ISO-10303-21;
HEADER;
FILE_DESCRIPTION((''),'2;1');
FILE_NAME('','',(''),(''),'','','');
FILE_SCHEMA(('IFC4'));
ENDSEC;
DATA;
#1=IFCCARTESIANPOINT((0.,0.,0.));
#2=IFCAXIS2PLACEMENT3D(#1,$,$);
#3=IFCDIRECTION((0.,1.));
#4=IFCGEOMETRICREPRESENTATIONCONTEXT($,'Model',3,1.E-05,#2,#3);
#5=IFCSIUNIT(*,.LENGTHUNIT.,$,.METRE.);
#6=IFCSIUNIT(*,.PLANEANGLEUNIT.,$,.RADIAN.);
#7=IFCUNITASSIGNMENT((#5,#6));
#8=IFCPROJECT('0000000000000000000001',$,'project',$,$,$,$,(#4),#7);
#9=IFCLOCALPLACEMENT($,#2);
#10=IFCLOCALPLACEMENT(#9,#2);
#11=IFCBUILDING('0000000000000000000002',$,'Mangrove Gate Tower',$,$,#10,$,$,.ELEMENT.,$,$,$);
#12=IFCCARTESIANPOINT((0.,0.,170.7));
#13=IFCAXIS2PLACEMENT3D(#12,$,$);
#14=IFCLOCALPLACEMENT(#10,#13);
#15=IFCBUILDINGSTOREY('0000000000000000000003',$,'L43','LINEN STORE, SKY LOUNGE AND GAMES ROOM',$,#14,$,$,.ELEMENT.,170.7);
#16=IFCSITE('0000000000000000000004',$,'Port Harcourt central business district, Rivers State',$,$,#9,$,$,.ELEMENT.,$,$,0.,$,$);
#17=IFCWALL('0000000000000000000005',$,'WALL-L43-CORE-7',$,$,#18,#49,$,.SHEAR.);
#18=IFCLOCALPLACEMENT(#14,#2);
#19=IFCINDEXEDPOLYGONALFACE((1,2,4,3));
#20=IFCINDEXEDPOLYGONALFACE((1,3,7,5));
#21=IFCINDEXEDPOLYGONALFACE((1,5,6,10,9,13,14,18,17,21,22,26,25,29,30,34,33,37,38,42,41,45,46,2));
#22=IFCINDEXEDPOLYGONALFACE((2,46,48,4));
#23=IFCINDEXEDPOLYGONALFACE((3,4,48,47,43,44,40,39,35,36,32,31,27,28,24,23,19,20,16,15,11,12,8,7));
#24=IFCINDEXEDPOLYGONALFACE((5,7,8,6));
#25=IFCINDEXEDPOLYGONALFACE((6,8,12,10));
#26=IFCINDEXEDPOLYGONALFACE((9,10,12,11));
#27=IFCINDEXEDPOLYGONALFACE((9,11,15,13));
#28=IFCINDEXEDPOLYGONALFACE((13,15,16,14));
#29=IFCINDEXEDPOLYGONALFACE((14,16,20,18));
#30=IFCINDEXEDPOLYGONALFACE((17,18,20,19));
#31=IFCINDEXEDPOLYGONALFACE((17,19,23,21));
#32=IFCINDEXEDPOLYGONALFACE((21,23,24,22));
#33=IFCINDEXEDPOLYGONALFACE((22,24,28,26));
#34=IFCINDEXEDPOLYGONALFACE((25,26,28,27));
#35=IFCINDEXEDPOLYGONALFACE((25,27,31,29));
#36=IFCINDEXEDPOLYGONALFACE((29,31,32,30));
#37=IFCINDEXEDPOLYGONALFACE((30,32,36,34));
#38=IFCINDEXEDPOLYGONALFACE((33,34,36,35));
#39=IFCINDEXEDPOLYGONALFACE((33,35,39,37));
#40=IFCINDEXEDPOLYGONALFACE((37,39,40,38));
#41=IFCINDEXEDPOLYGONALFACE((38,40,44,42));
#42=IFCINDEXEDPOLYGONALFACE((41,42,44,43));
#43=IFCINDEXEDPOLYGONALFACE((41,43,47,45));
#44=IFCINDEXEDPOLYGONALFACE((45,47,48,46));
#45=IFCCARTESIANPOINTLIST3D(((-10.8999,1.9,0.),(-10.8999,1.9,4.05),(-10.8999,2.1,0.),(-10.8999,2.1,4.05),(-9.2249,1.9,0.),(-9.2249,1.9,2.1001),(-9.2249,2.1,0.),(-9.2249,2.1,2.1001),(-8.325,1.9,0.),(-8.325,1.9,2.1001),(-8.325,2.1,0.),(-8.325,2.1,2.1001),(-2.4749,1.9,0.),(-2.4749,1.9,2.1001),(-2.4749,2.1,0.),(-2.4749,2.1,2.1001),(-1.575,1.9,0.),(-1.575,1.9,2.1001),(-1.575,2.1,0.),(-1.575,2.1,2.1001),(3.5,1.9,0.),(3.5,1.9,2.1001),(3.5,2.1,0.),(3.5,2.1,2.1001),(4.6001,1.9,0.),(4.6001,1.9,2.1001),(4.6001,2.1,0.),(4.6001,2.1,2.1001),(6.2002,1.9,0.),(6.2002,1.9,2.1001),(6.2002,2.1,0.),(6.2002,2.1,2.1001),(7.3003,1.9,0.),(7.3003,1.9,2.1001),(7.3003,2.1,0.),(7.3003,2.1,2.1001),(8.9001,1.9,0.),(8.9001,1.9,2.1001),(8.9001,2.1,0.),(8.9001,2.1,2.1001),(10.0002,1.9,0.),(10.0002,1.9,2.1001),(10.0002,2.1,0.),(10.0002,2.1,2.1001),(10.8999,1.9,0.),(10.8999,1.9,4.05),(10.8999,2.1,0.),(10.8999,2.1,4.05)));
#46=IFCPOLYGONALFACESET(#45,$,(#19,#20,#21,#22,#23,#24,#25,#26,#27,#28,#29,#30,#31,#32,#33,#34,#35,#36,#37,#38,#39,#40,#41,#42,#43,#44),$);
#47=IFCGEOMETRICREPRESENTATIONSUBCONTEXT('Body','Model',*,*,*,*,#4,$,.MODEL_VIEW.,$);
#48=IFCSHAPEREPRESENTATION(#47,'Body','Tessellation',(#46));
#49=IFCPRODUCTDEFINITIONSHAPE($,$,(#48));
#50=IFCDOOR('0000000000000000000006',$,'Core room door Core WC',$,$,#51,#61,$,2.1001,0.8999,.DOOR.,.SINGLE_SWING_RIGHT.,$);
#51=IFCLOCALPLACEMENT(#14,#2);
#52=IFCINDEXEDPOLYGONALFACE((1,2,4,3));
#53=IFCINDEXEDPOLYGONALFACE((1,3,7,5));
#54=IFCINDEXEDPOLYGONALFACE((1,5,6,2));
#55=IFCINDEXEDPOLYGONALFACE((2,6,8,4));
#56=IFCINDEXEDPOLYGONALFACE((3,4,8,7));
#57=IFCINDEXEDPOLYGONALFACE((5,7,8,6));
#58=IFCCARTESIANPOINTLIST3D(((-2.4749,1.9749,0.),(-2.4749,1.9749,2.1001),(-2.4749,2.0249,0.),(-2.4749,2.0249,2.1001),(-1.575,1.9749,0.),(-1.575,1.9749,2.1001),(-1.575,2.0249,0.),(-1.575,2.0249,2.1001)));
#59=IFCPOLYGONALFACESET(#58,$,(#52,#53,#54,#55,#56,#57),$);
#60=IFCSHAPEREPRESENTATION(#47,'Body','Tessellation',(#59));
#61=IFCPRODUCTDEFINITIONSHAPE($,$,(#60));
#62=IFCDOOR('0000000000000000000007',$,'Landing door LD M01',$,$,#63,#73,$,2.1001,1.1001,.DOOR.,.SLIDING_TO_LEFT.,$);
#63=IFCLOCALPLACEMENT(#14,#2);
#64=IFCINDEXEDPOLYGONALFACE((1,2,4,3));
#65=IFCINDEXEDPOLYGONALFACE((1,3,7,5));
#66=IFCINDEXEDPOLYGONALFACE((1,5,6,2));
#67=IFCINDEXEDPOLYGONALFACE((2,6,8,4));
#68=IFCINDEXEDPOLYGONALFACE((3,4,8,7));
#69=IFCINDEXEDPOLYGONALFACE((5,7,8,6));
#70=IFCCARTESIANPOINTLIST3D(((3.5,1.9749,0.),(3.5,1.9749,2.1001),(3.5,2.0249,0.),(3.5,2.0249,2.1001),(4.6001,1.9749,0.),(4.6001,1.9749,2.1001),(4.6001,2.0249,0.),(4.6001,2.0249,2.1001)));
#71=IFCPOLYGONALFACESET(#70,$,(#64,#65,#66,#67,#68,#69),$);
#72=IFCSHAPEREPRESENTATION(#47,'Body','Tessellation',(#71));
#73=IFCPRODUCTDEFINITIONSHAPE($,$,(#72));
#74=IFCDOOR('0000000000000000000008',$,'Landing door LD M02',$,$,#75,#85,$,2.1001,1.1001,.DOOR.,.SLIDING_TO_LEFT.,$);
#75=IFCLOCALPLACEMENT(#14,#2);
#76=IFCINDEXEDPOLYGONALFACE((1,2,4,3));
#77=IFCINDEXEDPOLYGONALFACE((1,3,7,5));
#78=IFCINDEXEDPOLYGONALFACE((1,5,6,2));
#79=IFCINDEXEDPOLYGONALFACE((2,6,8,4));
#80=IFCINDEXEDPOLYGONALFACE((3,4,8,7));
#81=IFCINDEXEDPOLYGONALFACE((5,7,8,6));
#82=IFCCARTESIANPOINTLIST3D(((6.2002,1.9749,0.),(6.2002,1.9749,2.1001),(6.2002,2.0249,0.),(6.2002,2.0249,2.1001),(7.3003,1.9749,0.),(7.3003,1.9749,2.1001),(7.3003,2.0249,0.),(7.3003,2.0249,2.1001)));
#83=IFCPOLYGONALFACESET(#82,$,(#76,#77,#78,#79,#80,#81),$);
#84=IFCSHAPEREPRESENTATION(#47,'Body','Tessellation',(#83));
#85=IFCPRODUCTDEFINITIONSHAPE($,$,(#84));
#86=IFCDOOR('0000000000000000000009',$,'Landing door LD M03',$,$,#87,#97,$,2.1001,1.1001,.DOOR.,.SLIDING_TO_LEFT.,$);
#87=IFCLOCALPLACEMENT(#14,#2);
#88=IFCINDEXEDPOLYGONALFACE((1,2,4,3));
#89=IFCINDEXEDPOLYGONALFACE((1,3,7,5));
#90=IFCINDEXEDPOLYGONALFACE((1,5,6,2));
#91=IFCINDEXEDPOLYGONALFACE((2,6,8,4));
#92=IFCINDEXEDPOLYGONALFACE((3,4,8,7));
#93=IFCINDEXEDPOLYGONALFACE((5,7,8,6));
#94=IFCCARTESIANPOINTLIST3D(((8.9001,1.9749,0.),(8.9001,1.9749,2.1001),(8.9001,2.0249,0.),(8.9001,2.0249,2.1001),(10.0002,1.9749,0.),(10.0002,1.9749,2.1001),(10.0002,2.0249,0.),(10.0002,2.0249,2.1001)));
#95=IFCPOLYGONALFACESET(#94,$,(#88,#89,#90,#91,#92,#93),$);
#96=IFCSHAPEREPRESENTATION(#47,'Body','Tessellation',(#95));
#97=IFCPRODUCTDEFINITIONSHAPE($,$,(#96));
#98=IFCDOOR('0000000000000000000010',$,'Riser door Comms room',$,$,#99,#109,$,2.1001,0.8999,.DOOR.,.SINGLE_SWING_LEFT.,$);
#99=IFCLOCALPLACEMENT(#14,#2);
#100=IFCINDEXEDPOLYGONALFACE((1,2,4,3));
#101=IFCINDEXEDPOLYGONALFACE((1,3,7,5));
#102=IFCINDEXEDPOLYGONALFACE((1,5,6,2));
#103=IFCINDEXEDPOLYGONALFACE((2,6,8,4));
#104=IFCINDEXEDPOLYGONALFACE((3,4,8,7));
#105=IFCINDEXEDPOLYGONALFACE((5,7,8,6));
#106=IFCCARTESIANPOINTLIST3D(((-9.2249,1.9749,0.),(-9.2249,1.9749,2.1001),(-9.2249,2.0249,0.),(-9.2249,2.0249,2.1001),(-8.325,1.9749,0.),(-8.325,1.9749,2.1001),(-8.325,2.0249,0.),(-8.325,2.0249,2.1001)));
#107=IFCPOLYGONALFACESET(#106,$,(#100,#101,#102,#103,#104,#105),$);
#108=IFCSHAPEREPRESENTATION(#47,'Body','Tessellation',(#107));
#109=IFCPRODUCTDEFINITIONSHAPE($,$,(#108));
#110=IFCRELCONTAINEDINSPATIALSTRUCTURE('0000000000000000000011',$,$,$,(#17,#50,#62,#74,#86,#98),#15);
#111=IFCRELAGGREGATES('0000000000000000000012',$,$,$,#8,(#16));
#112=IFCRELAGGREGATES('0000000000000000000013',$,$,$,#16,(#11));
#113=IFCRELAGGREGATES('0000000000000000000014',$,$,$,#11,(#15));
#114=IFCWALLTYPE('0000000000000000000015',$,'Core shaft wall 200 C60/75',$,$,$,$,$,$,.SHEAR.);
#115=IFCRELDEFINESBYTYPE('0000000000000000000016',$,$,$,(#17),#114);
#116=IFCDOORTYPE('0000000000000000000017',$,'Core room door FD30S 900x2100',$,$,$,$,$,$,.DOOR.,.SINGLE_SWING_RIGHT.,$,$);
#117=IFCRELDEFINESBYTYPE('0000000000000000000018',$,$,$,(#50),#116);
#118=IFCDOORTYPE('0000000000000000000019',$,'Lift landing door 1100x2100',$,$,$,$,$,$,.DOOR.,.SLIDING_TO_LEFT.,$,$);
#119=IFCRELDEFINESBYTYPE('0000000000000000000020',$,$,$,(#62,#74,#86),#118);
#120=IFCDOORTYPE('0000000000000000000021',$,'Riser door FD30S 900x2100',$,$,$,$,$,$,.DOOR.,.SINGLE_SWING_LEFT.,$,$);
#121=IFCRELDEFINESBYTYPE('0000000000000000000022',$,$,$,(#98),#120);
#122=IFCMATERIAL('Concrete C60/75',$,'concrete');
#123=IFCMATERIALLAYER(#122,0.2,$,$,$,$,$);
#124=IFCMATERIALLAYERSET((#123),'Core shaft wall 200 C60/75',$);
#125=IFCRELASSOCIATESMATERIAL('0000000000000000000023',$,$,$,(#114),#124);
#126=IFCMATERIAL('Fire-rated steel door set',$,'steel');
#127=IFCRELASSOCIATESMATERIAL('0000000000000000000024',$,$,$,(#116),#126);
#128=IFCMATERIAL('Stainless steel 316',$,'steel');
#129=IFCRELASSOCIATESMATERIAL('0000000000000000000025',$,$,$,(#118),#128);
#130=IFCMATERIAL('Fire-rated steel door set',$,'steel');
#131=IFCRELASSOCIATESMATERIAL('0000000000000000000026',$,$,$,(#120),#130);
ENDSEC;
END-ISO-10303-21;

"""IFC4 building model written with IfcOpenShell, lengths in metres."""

from ifc_helpers import new_model, si_unit, direction, frame, frame_2d, origin, place, context, subcontext, project, spatial, rectangle, extrude, material, layer, layer_set, type_object, element, fill, save


model = new_model("IFC4")

# Units and contexts
model_context = context("Model", 3, precision=1e-05, world=origin(), true_north=direction((0.0, 1.0)))
body_context = subcontext(model_context, "Body", "Model", "MODEL_VIEW")
ifc_project = project(units=[si_unit("LENGTHUNIT", "METRE"), si_unit("PLANEANGLEUNIT", "RADIAN")], contexts=[model_context])

# Site, building, storey
site_placement = place(None, origin())
site = spatial("IfcSite", under=ifc_project, at=site_placement, Name="Port Harcourt central business district, Rivers State", CompositionType="ELEMENT", RefElevation=0.0)
building_placement = place(site_placement, origin())
building = spatial("IfcBuilding", under=site, at=building_placement, Name="Mangrove Gate Tower", CompositionType="ELEMENT")
storey_placement = place(building_placement, frame((0.0, 0.0, 170.7)))
storey = spatial("IfcBuildingStorey", under=building, at=storey_placement, Name="L43", Description="LINEN STORE, SKY LOUNGE AND GAMES ROOM", CompositionType="ELEMENT", Elevation=170.7)

# Shared definitions
ifc_material_1 = material(Name="Concrete C60/75", Category="concrete")
ifc_layer_1 = layer(ifc_material_1, 0.2)
ifc_layer_set_1 = layer_set([ifc_layer_1], Name="Core shaft wall 200 C60/75")
wall_type_1 = type_object("IfcWallType", Name="Core shaft wall 200 C60/75", PredefinedType="SHEAR", material=ifc_layer_set_1)

# Wall, openings, doors
wall_1_placement = place(storey_placement, frame((-10.8999, 2.0, 0.0), z_axis=(0.0, 0.0, 1.0), x_axis=(1.0, 0.0, 0.0)))
wall_1 = element("IfcWall", 1, at=wall_1_placement, inside=storey, type_object=wall_type_1, Name="WALL-L43-CORE-7", PredefinedType="SHEAR", context=body_context, shape_type="SweptSolid", body=[
    extrude(rectangle(XDim=21.7998, YDim=0.2, at=frame_2d((10.8999, 0.0))), origin(), (0.0, 0.0, 1.0), 4.05),
])
opening_1_placement = place(wall_1_placement, frame((14.3999, 0.0, 0.0)))
opening_1 = element("IfcOpeningElement", 2, at=opening_1_placement, cuts=wall_1, PredefinedType="OPENING", context=body_context, shape_type="SweptSolid", body=[
    extrude(rectangle(XDim=1.1001, YDim=2.1001, at=frame_2d((0.55, 1.05))), frame((0.0, 0.1099, 0.0), z_axis=(0.0, -1.0, 0.0), x_axis=(1.0, 0.0, 0.0)), (0.0, 0.0, 1.0), 0.22),
])
opening_2_placement = place(wall_1_placement, frame((17.1001, 0.0, 0.0)))
opening_2 = element("IfcOpeningElement", 3, at=opening_2_placement, cuts=wall_1, PredefinedType="OPENING", context=body_context, shape_type="SweptSolid", body=[
    extrude(rectangle(XDim=1.1001, YDim=2.1001, at=frame_2d((0.55, 1.05))), frame((0.0, 0.1099, 0.0), z_axis=(0.0, -1.0, 0.0), x_axis=(1.0, 0.0, 0.0)), (0.0, 0.0, 1.0), 0.22),
])
opening_3_placement = place(wall_1_placement, frame((19.8, 0.0, 0.0)))
opening_3 = element("IfcOpeningElement", 4, at=opening_3_placement, cuts=wall_1, PredefinedType="OPENING", context=body_context, shape_type="SweptSolid", body=[
    extrude(rectangle(XDim=1.1001, YDim=2.1001, at=frame_2d((0.55, 1.05))), frame((0.0, 0.1099, 0.0), z_axis=(0.0, -1.0, 0.0), x_axis=(1.0, 0.0, 0.0)), (0.0, 0.0, 1.0), 0.22),
])
opening_4_placement = place(wall_1_placement, frame((1.675, 0.0, 0.0)))
opening_4 = element("IfcOpeningElement", 5, at=opening_4_placement, cuts=wall_1, PredefinedType="OPENING", context=body_context, shape_type="SweptSolid", body=[
    extrude(rectangle(XDim=0.8999, YDim=2.1001, at=frame_2d((0.45, 1.05))), frame((0.0, 0.1099, 0.0), z_axis=(0.0, -1.0, 0.0), x_axis=(1.0, 0.0, 0.0)), (0.0, 0.0, 1.0), 0.22),
])
opening_5_placement = place(wall_1_placement, frame((8.425, 0.0, 0.0)))
opening_5 = element("IfcOpeningElement", 6, at=opening_5_placement, cuts=wall_1, PredefinedType="OPENING", context=body_context, shape_type="SweptSolid", body=[
    extrude(rectangle(XDim=0.8999, YDim=2.1001, at=frame_2d((0.45, 1.05))), frame((0.0, 0.1099, 0.0), z_axis=(0.0, -1.0, 0.0), x_axis=(1.0, 0.0, 0.0)), (0.0, 0.0, 1.0), 0.22),
])
ifc_material_2 = material(Name="Fire-rated steel door set", Category="steel")
door_type_1 = type_object("IfcDoorType", Name="Core room door FD30S 900x2100", OperationType="SINGLE_SWING_RIGHT", PredefinedType="DOOR", material=ifc_material_2)
door_1_placement = place(opening_5_placement, origin())
door_1 = element("IfcDoor", 7, at=door_1_placement, inside=storey, type_object=door_type_1, Name="Core room door Core WC", OperationType="SINGLE_SWING_RIGHT", OverallHeight=2.1001, OverallWidth=0.8999, PredefinedType="DOOR", context=body_context, shape_type="SweptSolid", body=[
    extrude(rectangle(XDim=0.8999, YDim=2.1001, at=frame_2d((0.45, 1.05))), frame((0.0, 0.0249, 0.0), z_axis=(0.0, -1.0, 0.0), x_axis=(1.0, 0.0, 0.0)), (0.0, 0.0, 1.0), 0.05),
])
fill(opening_5, door_1)
ifc_material_3 = material(Name="Stainless steel 316", Category="steel")
door_type_2 = type_object("IfcDoorType", Name="Lift landing door 1100x2100", OperationType="SLIDING_TO_LEFT", PredefinedType="DOOR", material=ifc_material_3)
door_2_placement = place(opening_1_placement, origin())
door_2 = element("IfcDoor", 8, at=door_2_placement, inside=storey, type_object=door_type_2, Name="Landing door LD M01", OperationType="SLIDING_TO_LEFT", OverallHeight=2.1001, OverallWidth=1.1001, PredefinedType="DOOR", context=body_context, shape_type="SweptSolid", body=[
    extrude(rectangle(XDim=1.1001, YDim=2.1001, at=frame_2d((0.55, 1.05))), frame((0.0, 0.0249, 0.0), z_axis=(0.0, -1.0, 0.0), x_axis=(1.0, 0.0, 0.0)), (0.0, 0.0, 1.0), 0.05),
])
fill(opening_1, door_2)
door_3_placement = place(opening_2_placement, origin())
door_3 = element("IfcDoor", 9, at=door_3_placement, inside=storey, type_object=door_type_2, Name="Landing door LD M02", OperationType="SLIDING_TO_LEFT", OverallHeight=2.1001, OverallWidth=1.1001, PredefinedType="DOOR", context=body_context, shape_type="SweptSolid", body=[
    extrude(rectangle(XDim=1.1001, YDim=2.1001, at=frame_2d((0.55, 1.05))), frame((0.0, 0.0249, 0.0), z_axis=(0.0, -1.0, 0.0), x_axis=(1.0, 0.0, 0.0)), (0.0, 0.0, 1.0), 0.05),
])
fill(opening_2, door_3)
door_4_placement = place(opening_3_placement, origin())
door_4 = element("IfcDoor", 10, at=door_4_placement, inside=storey, type_object=door_type_2, Name="Landing door LD M03", OperationType="SLIDING_TO_LEFT", OverallHeight=2.1001, OverallWidth=1.1001, PredefinedType="DOOR", context=body_context, shape_type="SweptSolid", body=[
    extrude(rectangle(XDim=1.1001, YDim=2.1001, at=frame_2d((0.55, 1.05))), frame((0.0, 0.0249, 0.0), z_axis=(0.0, -1.0, 0.0), x_axis=(1.0, 0.0, 0.0)), (0.0, 0.0, 1.0), 0.05),
])
fill(opening_3, door_4)
ifc_material_4 = material(Name="Fire-rated steel door set", Category="steel")
door_type_3 = type_object("IfcDoorType", Name="Riser door FD30S 900x2100", OperationType="SINGLE_SWING_LEFT", PredefinedType="DOOR", material=ifc_material_4)
door_5_placement = place(opening_4_placement, origin())
door_5 = element("IfcDoor", 11, at=door_5_placement, inside=storey, type_object=door_type_3, Name="Riser door Comms room", OperationType="SINGLE_SWING_LEFT", OverallHeight=2.1001, OverallWidth=0.8999, PredefinedType="DOOR", context=body_context, shape_type="SweptSolid", body=[
    extrude(rectangle(XDim=0.8999, YDim=2.1001, at=frame_2d((0.45, 1.05))), frame((0.0, 0.0249, 0.0), z_axis=(0.0, -1.0, 0.0), x_axis=(1.0, 0.0, 0.0)), (0.0, 0.0, 1.0), 0.05),
])
fill(opening_4, door_5)

save(model, "model.ifc")
